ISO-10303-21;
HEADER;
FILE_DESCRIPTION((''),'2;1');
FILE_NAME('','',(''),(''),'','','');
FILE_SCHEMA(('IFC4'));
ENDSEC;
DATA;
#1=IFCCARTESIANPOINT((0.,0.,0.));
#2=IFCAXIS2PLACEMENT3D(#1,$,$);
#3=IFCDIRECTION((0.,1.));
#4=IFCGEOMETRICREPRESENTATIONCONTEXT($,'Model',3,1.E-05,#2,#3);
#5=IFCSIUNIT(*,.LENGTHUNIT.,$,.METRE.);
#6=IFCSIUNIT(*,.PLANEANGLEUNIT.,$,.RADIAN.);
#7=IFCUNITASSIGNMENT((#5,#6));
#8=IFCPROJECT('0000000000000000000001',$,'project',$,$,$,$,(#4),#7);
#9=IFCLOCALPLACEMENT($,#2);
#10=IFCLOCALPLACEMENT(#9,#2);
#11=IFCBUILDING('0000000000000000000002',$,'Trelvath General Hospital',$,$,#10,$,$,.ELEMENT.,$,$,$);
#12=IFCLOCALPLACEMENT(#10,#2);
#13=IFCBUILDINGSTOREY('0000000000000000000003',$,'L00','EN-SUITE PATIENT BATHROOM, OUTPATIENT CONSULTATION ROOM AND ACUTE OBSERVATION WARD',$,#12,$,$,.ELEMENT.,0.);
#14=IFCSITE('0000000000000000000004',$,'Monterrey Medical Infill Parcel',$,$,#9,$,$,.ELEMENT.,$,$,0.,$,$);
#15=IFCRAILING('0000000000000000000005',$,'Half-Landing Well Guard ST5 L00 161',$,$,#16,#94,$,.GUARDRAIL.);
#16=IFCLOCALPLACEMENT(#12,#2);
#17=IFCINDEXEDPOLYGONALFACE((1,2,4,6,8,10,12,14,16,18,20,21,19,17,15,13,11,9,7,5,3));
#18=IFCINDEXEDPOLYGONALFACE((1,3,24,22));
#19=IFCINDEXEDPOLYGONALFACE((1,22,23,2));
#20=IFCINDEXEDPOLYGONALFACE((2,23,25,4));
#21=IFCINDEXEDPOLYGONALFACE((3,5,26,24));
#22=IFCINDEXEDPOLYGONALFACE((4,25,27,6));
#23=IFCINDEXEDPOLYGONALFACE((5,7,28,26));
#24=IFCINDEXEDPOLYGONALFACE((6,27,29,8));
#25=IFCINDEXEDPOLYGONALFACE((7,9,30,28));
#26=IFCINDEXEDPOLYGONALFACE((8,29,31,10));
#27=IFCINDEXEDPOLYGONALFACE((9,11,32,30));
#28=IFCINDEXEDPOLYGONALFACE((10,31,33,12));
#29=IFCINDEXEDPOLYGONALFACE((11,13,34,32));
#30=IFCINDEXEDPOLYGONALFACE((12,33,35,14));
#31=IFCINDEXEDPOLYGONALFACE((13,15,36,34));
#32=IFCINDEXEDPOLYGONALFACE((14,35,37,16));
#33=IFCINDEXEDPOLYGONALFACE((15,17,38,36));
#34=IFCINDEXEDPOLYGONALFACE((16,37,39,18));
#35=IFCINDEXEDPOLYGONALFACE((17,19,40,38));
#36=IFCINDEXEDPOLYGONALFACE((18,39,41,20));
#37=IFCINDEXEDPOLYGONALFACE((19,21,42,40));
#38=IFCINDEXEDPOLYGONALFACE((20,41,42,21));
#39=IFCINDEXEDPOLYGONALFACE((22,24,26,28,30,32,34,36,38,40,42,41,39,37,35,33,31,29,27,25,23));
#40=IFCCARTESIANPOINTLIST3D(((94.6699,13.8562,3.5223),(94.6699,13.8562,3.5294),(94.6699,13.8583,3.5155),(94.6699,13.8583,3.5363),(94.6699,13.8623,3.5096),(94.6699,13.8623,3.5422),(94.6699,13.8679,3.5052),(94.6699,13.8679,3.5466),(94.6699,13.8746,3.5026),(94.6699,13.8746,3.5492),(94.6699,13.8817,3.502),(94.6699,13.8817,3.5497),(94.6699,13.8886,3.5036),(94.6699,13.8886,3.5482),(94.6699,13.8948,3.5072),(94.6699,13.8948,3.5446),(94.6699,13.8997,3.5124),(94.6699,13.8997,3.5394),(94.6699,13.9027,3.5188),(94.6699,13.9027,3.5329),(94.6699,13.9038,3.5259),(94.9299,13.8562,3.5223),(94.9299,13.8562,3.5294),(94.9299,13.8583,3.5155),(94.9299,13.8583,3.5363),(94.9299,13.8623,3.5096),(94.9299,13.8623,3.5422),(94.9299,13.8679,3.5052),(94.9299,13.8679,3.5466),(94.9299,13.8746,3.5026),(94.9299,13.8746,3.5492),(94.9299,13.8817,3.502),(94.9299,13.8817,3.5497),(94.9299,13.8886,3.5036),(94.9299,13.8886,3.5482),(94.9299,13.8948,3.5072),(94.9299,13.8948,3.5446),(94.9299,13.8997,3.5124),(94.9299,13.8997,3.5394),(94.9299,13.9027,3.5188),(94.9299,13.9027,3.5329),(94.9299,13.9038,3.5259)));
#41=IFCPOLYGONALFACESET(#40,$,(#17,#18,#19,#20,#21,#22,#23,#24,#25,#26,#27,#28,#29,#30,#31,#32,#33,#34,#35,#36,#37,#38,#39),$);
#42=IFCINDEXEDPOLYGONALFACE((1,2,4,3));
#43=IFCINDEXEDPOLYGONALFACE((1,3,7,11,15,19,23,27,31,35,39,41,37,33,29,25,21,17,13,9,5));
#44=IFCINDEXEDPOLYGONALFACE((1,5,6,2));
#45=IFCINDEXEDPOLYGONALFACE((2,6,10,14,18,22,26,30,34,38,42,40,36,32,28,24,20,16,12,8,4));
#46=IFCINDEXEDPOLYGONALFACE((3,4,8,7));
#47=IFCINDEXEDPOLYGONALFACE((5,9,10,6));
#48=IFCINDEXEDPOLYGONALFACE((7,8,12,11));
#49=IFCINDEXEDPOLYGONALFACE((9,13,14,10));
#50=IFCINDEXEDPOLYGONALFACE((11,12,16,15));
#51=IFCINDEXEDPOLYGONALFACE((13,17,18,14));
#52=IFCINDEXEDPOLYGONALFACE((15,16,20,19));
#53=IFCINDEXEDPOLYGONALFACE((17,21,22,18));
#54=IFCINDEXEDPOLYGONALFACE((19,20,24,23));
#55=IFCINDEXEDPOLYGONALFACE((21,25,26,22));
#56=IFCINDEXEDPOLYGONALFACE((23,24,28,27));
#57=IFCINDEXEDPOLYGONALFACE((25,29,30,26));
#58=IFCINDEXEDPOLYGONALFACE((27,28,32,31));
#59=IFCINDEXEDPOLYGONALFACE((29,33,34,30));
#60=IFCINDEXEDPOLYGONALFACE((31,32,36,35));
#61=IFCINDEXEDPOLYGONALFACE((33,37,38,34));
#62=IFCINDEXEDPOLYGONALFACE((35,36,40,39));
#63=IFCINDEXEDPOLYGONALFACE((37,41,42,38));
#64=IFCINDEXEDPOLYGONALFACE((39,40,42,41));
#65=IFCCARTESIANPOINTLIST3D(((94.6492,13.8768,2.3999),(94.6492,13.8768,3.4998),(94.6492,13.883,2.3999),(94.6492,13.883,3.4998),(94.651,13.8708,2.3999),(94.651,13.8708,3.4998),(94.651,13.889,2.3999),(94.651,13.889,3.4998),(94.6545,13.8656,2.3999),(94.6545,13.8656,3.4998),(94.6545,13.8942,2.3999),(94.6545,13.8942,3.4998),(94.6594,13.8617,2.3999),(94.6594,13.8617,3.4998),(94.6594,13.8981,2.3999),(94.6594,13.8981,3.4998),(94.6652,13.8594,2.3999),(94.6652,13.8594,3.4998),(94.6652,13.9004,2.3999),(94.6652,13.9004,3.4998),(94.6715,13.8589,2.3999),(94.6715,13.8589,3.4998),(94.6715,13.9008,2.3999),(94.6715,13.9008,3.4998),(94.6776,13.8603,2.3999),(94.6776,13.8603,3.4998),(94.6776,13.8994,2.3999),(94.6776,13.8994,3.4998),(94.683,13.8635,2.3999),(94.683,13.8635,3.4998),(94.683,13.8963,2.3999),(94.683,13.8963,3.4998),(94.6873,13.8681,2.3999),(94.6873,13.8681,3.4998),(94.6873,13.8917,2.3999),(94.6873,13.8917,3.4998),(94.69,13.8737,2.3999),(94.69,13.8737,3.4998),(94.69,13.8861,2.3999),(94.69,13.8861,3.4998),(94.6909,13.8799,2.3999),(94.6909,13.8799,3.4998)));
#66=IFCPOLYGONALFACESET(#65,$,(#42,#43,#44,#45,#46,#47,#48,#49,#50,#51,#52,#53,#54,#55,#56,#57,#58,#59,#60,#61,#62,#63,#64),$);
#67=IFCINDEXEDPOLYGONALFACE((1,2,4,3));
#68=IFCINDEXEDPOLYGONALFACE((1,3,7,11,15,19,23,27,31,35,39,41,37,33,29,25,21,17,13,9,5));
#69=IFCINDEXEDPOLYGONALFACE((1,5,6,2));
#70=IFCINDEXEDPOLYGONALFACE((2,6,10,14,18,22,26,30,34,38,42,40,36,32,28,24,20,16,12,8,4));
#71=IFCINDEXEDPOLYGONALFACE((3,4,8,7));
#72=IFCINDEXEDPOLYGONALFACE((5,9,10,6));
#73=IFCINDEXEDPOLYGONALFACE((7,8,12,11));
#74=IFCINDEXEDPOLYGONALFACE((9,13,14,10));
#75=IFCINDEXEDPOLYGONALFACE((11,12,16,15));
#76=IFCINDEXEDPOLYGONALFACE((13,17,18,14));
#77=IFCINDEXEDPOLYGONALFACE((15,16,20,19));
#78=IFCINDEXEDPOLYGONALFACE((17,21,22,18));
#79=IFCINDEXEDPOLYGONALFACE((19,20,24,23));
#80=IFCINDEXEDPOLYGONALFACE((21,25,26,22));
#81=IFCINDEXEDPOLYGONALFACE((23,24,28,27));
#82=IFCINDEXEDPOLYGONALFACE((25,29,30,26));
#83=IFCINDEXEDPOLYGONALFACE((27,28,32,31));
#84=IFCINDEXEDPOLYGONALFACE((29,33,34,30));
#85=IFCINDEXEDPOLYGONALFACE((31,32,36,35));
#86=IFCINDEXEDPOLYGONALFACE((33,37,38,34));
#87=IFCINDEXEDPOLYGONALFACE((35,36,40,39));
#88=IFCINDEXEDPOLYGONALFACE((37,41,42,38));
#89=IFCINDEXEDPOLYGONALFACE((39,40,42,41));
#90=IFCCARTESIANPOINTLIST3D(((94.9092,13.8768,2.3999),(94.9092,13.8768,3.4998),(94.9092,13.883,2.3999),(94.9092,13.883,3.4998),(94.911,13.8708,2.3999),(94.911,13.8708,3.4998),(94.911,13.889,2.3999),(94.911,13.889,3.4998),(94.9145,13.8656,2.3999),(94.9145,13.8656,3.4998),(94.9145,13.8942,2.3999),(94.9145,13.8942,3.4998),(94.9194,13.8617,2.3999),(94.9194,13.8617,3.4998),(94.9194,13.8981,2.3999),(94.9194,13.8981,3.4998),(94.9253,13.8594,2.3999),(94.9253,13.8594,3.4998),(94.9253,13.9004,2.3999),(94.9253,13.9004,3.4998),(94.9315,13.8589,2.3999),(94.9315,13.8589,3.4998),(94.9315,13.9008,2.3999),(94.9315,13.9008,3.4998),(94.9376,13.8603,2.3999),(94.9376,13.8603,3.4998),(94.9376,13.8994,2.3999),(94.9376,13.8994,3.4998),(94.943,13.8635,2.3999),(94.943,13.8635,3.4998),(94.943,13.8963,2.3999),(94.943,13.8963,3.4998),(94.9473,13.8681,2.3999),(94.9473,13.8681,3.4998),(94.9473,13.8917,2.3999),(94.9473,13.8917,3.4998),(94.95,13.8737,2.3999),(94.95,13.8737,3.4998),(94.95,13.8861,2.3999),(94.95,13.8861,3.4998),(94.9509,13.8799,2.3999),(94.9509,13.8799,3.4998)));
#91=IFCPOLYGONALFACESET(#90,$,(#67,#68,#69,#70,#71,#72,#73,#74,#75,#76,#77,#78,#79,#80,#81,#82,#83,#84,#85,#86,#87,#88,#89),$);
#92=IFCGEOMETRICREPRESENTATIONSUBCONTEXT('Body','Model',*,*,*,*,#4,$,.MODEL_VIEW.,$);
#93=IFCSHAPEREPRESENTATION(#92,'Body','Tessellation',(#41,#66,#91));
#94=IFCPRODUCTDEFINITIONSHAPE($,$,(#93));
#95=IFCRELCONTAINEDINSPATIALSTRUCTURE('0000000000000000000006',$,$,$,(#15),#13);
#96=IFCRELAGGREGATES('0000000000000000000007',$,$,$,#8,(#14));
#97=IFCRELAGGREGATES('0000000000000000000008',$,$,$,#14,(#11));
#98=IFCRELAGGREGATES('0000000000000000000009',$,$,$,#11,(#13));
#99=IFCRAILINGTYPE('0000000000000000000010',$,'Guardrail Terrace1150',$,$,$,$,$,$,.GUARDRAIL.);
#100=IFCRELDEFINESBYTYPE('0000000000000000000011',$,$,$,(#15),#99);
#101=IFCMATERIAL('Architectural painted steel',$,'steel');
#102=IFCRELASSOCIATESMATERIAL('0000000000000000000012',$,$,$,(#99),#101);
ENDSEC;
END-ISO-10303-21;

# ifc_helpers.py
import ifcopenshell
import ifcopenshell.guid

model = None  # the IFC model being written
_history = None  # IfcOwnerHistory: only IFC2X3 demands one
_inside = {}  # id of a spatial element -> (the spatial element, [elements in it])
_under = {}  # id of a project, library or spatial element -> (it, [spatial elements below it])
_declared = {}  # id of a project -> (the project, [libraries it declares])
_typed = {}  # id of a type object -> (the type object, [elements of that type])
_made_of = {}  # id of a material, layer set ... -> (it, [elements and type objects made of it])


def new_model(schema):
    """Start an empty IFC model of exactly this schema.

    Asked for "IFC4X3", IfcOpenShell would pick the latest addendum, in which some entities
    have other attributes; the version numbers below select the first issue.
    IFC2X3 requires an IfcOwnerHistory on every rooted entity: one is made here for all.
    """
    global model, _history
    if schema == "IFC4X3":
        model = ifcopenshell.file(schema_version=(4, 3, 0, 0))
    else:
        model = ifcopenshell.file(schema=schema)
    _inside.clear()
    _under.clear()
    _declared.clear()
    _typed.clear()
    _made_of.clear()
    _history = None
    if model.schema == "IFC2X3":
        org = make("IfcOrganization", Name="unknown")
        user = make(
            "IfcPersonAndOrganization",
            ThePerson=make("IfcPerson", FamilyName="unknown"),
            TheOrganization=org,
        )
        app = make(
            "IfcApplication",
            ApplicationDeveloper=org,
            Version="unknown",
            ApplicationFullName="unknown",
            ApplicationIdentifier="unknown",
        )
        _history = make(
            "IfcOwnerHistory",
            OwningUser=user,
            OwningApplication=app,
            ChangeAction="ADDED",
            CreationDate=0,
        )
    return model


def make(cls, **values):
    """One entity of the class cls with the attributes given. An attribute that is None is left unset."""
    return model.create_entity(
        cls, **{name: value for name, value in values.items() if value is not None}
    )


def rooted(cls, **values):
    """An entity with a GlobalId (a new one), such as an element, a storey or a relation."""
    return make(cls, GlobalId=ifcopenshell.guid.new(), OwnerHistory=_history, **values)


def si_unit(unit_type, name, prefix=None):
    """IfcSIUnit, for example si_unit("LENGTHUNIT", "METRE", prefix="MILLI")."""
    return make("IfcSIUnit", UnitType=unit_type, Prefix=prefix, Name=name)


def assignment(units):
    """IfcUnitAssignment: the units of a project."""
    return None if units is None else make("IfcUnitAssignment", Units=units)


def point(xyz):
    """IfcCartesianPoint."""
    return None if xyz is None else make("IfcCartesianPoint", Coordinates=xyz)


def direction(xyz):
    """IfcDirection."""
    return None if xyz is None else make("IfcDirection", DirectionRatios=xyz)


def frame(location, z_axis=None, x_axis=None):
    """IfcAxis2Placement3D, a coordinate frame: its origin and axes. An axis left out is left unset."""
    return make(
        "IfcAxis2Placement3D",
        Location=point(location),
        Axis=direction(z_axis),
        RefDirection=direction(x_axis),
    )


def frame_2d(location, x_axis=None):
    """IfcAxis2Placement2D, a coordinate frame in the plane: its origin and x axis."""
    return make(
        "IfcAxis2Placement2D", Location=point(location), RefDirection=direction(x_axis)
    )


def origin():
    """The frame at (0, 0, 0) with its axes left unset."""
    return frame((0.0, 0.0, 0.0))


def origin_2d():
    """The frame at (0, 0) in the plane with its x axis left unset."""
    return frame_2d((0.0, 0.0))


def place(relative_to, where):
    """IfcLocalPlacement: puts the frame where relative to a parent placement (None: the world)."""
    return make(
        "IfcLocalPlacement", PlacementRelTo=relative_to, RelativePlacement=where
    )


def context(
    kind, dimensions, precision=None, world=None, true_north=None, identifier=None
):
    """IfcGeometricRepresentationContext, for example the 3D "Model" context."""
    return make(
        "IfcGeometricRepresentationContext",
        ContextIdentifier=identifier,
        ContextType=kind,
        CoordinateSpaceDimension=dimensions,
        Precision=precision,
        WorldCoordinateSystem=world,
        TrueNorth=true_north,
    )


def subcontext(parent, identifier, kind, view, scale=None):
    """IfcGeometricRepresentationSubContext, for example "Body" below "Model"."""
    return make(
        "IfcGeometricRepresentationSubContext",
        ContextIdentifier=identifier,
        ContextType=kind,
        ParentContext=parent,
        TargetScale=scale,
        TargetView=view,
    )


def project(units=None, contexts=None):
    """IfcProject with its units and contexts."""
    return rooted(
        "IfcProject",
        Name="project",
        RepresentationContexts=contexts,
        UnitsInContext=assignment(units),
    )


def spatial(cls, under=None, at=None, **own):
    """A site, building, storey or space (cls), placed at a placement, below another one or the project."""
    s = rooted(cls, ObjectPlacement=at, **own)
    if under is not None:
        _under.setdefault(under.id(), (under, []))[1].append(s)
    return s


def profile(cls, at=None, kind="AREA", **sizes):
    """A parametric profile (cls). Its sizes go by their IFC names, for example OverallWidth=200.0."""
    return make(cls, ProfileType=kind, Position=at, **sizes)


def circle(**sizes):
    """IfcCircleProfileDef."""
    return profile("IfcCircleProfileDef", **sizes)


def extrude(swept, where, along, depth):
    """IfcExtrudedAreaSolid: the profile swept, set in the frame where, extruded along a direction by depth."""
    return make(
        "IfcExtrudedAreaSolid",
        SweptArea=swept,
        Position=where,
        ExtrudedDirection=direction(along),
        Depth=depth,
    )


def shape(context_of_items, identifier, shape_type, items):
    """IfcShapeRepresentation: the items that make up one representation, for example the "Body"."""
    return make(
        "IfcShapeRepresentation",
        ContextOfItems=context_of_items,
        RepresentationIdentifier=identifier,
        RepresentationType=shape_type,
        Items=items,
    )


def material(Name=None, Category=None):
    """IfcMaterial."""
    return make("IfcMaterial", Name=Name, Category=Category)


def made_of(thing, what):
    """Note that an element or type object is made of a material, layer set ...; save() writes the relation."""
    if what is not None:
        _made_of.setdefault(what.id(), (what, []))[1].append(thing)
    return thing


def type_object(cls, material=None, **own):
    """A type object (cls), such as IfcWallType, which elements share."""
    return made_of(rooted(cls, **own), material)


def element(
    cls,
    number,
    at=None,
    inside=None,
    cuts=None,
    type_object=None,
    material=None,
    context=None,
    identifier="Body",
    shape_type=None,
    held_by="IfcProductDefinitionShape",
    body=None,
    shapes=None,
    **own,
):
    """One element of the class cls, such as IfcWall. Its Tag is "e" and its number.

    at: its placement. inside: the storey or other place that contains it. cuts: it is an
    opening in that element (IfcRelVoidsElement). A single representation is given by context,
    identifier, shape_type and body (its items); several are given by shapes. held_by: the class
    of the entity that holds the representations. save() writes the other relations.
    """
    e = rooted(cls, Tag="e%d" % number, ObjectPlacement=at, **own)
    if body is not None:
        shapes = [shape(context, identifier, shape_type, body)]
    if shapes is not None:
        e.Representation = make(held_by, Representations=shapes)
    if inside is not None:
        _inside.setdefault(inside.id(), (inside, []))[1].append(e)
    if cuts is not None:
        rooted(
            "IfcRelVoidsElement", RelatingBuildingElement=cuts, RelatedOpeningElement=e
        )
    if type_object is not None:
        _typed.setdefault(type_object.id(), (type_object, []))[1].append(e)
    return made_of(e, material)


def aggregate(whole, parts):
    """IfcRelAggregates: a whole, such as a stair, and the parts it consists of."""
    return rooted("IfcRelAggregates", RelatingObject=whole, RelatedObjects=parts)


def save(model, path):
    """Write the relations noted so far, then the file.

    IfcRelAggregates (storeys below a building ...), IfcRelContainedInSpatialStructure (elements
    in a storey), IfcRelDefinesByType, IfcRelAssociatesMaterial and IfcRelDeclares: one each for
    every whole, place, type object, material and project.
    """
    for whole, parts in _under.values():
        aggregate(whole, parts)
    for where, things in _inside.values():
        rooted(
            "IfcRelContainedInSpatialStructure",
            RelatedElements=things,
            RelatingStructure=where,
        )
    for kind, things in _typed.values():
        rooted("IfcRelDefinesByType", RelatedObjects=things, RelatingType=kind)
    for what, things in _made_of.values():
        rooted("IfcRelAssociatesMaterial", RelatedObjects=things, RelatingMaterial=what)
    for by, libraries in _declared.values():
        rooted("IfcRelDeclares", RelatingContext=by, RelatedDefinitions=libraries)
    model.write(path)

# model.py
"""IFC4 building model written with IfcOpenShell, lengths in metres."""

from ifc_helpers import new_model, si_unit, direction, frame, origin, origin_2d, place, context, subcontext, project, spatial, circle, extrude, material, type_object, element, save


model = new_model("IFC4")

# Units and contexts
model_context = context("Model", 3, precision=1e-05, world=origin(), true_north=direction((0.0, 1.0)))
body_context = subcontext(model_context, "Body", "Model", "MODEL_VIEW")
ifc_project = project(units=[si_unit("LENGTHUNIT", "METRE"), si_unit("PLANEANGLEUNIT", "RADIAN")], contexts=[model_context])

# Site, building, storey
site_placement = place(None, origin())
site = spatial("IfcSite", under=ifc_project, at=site_placement, Name="Monterrey Medical Infill Parcel", CompositionType="ELEMENT", RefElevation=0.0)
building_placement = place(site_placement, origin())
building = spatial("IfcBuilding", under=site, at=building_placement, Name="Trelvath General Hospital", CompositionType="ELEMENT")
storey_placement = place(building_placement, origin())
storey = spatial("IfcBuildingStorey", under=building, at=storey_placement, Name="L00", Description="EN-SUITE PATIENT BATHROOM, OUTPATIENT CONSULTATION ROOM AND ACUTE OBSERVATION WARD", CompositionType="ELEMENT", Elevation=0.0)

# Railing
ifc_material_1 = material(Name="Architectural painted steel", Category="steel")
railing_type_1 = type_object("IfcRailingType", Name="Guardrail Terrace1150", PredefinedType="GUARDRAIL", material=ifc_material_1)
railing_1_placement = place(storey_placement, frame((94.6699, 13.8799, 2.3999)))
element("IfcRailing", 1, at=railing_1_placement, inside=storey, type_object=railing_type_1, Name="Half-Landing Well Guard ST5 L00 161", PredefinedType="GUARDRAIL", context=body_context, shape_type="SweptSolid", body=[
    extrude(circle(Radius=0.0239, at=origin_2d()), frame((0.0, 0.0, 1.126), z_axis=(1.0, 0.0, 0.0), x_axis=(0.0, 1.0, 0.0)), (0.0, 0.0, 1.0), 0.26),
    extrude(circle(Radius=0.021, at=origin_2d()), origin(), (0.0, 0.0, 1.0), 1.0999),
    extrude(circle(Radius=0.021, at=origin_2d()), frame((0.26, 0.0, 0.0)), (0.0, 0.0, 1.0), 1.0999),
])

save(model, "model.ifc")
